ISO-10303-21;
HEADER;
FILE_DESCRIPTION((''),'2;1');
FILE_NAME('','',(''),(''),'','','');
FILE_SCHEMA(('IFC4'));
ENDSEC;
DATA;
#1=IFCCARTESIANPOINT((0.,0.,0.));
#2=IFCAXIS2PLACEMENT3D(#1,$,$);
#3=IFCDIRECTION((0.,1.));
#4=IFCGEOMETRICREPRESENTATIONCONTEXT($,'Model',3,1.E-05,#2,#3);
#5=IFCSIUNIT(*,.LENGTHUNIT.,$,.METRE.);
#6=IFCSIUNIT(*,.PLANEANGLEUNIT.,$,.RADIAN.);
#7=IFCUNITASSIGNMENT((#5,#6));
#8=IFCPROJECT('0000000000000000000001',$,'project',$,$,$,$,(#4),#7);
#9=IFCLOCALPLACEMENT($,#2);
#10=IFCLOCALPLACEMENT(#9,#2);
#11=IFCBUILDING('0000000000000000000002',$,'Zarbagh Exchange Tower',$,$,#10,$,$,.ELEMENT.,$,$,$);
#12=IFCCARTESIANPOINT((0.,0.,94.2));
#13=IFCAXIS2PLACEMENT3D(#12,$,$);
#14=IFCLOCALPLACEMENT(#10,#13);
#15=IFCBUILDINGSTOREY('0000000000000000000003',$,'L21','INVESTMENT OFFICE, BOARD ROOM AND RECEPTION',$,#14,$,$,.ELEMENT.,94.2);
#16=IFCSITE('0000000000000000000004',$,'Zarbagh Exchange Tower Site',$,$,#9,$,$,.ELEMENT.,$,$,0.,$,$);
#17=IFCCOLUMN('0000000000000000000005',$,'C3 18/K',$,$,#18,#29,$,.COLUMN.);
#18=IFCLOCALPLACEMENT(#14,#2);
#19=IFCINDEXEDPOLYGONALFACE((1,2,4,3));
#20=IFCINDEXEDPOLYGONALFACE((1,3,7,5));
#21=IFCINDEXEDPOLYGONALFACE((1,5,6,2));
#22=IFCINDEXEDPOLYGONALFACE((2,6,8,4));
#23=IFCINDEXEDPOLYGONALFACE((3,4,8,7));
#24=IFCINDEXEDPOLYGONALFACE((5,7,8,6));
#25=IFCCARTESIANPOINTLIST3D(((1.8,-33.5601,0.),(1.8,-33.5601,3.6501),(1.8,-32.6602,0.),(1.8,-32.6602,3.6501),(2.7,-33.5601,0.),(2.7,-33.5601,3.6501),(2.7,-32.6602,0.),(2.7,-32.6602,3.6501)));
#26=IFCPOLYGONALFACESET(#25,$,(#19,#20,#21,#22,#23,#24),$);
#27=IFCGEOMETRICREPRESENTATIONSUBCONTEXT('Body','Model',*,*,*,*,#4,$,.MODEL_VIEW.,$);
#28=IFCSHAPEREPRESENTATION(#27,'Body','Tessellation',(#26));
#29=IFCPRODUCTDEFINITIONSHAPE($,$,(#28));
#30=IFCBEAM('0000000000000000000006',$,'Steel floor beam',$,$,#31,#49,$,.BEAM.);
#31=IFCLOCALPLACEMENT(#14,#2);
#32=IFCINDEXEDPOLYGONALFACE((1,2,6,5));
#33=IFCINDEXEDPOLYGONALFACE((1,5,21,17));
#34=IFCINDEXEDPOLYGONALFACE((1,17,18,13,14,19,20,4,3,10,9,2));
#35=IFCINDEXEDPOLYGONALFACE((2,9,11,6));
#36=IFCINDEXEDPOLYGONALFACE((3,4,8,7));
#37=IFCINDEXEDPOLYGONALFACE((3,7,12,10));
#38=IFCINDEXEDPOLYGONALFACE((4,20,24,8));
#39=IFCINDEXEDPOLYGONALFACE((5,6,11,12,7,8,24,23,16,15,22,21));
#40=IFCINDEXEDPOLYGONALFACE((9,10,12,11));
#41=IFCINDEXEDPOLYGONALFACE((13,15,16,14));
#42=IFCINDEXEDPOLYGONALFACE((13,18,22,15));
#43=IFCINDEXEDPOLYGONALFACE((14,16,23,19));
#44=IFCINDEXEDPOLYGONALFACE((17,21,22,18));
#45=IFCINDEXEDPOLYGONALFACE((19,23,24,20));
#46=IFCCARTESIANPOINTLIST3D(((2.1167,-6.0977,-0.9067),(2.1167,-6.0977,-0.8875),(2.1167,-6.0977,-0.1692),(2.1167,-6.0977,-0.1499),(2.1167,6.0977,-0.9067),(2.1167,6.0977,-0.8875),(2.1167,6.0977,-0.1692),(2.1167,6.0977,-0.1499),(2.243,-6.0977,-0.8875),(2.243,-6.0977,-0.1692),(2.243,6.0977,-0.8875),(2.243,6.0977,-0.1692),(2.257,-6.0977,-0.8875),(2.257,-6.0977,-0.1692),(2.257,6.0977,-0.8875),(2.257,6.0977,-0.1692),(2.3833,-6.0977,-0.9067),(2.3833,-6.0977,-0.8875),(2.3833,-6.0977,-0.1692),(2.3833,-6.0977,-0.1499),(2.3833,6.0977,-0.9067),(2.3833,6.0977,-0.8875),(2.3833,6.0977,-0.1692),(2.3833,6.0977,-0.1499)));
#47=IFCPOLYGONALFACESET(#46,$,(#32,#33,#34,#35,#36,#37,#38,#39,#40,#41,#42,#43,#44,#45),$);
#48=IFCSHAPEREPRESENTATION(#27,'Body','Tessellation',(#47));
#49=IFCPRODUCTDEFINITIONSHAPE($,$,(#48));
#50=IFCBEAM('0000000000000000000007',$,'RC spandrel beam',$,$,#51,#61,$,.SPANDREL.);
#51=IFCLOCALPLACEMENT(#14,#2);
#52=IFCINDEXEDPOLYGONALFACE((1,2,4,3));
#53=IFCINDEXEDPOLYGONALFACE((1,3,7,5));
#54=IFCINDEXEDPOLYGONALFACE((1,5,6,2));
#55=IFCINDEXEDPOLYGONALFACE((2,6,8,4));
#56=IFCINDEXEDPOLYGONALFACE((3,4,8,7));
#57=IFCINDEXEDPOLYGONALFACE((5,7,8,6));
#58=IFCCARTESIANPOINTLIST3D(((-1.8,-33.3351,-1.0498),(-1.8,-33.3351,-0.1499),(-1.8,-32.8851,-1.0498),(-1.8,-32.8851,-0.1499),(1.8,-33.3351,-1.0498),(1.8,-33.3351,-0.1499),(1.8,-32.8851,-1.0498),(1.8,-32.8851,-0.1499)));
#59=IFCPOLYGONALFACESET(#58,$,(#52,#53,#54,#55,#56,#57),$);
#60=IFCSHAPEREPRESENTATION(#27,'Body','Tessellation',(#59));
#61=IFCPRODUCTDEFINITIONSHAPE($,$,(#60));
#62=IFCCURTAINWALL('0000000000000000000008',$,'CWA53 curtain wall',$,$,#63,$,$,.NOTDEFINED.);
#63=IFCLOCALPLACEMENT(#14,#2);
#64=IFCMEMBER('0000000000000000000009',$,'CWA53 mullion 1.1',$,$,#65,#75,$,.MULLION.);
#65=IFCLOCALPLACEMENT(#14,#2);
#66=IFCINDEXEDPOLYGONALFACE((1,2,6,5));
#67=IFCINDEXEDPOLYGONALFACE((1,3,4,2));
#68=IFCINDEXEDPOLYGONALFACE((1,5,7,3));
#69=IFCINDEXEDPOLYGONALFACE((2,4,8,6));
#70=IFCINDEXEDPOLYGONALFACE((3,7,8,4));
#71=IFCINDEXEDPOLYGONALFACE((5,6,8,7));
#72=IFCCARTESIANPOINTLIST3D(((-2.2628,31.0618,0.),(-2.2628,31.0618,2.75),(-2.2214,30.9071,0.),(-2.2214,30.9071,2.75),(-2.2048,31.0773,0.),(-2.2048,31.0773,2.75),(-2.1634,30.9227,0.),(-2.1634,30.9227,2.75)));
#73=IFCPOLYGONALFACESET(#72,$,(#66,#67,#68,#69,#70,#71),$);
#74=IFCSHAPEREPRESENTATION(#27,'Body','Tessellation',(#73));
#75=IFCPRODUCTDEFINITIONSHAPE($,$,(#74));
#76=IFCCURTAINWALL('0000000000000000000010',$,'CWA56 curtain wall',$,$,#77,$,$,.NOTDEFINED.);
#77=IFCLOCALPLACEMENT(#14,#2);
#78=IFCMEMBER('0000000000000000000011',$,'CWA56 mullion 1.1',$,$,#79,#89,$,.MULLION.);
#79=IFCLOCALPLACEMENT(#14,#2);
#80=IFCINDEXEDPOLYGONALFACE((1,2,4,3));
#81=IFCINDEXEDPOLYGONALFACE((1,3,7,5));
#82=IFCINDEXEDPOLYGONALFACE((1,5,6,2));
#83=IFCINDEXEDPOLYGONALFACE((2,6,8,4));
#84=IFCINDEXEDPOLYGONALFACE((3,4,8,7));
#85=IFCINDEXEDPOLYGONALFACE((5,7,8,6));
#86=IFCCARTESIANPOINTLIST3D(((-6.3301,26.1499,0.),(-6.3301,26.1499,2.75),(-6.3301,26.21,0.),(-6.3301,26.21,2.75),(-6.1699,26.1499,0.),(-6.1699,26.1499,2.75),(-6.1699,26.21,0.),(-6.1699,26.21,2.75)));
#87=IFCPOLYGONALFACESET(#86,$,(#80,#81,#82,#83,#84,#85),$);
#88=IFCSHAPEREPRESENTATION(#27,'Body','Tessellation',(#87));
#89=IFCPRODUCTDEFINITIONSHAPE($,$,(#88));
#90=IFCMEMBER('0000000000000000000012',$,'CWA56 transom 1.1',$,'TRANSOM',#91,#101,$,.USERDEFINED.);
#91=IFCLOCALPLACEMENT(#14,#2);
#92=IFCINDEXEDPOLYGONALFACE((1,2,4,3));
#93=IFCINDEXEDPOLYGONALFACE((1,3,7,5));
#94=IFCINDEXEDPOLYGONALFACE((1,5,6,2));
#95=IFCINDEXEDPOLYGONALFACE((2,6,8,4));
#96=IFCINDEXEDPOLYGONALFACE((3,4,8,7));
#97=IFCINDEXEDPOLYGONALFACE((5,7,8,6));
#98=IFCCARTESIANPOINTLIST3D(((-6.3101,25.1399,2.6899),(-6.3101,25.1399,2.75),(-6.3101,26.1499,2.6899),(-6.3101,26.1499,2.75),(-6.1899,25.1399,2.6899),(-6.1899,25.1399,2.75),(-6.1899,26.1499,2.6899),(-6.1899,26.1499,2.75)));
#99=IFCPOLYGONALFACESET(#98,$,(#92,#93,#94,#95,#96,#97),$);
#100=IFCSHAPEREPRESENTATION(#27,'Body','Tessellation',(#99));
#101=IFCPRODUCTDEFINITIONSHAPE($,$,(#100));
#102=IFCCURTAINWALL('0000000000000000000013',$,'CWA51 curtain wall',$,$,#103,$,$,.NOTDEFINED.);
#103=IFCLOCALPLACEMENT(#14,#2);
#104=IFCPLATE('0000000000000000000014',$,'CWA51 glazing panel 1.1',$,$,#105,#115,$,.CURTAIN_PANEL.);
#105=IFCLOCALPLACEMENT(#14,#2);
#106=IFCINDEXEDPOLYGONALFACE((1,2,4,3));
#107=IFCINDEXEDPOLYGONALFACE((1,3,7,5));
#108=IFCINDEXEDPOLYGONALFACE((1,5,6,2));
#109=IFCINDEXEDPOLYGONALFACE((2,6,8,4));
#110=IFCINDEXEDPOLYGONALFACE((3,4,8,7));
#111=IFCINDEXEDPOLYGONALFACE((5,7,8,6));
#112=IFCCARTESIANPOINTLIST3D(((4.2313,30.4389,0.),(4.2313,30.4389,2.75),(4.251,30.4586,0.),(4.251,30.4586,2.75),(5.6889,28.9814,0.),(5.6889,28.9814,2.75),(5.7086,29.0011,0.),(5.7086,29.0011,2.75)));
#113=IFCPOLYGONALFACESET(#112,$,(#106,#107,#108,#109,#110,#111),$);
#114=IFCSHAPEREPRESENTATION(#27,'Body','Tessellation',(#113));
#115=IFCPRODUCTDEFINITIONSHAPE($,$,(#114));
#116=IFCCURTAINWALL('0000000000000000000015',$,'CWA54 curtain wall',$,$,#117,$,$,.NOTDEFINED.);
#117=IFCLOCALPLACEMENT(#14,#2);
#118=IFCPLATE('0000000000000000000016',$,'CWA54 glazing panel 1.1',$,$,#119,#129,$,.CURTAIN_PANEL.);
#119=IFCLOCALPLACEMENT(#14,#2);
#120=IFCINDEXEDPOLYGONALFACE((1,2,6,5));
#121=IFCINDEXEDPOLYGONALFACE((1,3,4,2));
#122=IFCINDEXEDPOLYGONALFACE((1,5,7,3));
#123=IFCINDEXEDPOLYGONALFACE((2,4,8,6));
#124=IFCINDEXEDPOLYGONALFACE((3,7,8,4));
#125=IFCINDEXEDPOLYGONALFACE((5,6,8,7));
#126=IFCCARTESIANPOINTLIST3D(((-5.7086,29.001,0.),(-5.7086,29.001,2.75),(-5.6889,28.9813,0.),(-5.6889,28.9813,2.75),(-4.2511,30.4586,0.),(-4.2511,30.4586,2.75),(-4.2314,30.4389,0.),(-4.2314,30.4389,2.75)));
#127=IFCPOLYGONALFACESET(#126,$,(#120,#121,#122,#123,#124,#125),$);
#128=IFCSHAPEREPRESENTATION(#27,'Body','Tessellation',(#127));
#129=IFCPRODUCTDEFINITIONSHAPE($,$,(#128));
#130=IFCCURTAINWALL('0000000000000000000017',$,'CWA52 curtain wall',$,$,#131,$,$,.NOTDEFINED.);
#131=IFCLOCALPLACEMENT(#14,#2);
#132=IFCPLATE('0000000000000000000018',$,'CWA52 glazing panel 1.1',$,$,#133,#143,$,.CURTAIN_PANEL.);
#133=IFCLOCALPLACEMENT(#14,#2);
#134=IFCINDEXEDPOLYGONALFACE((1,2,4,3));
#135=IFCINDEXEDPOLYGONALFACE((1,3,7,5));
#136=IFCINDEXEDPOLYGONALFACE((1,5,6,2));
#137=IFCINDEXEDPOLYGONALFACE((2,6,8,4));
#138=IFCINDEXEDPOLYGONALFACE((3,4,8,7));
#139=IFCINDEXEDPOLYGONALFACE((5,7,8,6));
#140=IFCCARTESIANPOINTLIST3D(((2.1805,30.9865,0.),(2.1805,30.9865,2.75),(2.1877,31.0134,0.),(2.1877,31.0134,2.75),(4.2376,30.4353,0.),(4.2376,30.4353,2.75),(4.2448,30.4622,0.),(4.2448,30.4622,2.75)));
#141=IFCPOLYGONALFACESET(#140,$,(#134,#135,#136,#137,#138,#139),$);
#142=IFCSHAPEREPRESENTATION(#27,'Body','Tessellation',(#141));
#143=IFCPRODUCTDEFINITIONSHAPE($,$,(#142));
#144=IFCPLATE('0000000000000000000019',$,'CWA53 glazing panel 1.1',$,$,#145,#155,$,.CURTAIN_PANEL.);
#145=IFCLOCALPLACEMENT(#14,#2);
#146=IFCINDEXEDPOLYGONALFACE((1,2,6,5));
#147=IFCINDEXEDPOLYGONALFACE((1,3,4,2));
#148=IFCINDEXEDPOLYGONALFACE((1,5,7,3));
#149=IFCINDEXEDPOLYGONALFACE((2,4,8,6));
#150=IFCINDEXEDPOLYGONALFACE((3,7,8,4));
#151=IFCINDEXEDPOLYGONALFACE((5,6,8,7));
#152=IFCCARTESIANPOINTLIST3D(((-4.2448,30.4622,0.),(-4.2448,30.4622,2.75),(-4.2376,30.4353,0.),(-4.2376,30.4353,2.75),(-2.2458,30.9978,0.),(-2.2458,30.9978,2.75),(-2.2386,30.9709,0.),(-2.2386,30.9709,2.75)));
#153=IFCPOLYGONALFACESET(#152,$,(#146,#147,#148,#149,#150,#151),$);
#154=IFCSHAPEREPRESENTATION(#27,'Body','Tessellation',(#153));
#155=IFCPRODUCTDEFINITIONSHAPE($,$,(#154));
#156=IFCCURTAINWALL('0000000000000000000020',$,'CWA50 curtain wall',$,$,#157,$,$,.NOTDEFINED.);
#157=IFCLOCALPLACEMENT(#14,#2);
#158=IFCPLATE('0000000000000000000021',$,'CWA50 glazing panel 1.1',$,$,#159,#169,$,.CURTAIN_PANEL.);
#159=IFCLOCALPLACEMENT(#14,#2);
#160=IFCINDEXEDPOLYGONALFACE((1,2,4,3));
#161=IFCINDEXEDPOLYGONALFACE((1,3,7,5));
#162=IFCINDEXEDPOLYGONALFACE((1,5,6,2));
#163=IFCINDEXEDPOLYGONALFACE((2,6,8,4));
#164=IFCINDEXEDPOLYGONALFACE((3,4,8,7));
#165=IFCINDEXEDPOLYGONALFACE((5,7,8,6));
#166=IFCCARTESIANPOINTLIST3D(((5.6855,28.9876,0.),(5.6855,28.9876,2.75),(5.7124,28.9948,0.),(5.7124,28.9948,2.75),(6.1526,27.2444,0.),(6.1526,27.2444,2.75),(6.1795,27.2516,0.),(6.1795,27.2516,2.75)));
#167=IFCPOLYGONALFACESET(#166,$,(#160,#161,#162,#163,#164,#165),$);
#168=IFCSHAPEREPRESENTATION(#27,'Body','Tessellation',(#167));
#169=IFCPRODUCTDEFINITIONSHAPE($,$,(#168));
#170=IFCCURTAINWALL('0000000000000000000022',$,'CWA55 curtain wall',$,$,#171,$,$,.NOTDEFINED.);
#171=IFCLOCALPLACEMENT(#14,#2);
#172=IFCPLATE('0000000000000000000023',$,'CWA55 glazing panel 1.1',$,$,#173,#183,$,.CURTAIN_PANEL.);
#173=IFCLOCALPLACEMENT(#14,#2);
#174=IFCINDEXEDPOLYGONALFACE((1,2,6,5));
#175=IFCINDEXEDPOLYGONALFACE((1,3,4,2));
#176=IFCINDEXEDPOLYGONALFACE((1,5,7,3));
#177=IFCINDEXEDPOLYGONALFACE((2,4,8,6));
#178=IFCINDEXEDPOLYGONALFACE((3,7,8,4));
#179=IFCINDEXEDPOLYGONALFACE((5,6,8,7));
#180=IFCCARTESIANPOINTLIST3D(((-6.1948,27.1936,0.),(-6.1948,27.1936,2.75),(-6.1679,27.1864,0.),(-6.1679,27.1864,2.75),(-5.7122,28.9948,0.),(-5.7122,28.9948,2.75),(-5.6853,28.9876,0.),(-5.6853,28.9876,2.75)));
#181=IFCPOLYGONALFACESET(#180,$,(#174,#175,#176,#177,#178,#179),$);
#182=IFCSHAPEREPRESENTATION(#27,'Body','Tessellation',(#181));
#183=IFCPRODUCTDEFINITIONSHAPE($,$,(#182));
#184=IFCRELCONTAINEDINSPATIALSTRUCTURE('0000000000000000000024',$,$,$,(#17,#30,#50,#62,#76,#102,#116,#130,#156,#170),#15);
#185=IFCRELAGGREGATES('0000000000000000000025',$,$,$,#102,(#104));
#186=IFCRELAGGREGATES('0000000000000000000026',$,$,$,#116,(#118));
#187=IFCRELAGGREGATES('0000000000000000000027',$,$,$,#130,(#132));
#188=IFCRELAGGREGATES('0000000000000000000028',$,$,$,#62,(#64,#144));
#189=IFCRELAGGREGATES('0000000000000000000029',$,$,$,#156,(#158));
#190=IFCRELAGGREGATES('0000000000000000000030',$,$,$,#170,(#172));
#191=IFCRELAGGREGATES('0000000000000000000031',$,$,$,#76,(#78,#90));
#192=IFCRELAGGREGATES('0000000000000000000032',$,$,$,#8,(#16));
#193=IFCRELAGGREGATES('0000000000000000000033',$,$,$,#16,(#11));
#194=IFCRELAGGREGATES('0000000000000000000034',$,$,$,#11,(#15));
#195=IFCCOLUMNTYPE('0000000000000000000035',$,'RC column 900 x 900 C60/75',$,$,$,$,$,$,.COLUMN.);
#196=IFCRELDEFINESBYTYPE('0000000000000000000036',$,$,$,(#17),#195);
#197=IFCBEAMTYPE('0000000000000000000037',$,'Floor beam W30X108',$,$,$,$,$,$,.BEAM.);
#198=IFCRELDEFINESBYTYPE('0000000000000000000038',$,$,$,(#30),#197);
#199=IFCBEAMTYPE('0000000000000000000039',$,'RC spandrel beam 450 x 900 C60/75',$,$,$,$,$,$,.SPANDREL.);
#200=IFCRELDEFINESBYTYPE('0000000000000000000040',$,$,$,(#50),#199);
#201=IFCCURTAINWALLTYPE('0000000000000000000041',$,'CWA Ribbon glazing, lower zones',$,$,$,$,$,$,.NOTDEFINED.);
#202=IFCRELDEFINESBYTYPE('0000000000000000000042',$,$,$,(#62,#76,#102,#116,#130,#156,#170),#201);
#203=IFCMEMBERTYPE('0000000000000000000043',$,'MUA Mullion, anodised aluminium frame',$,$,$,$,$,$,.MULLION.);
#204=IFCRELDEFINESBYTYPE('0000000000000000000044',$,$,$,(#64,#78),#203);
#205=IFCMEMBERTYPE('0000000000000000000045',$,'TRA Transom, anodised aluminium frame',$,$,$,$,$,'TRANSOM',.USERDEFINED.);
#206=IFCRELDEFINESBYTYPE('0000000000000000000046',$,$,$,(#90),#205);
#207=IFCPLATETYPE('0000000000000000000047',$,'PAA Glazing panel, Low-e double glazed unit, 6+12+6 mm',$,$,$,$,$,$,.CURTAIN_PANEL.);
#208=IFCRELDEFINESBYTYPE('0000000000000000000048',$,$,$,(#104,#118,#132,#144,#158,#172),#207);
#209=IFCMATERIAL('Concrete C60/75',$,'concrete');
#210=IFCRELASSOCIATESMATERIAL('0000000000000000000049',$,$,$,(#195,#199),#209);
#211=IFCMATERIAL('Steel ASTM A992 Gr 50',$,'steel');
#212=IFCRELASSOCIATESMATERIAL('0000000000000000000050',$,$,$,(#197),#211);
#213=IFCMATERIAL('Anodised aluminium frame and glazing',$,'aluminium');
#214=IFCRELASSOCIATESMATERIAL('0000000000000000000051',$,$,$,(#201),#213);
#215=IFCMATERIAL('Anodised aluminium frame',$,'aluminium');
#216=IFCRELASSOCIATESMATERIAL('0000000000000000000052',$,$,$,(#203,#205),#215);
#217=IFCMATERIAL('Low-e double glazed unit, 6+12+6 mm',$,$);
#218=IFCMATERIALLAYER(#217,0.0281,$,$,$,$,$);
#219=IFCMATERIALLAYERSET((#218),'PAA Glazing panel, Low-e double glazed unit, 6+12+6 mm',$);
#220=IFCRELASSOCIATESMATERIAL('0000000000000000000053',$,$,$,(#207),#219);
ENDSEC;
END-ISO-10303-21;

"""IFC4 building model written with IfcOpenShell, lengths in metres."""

from ifc_helpers import new_model, si_unit, direction, frame, origin, origin_2d, place, context, subcontext, project, spatial, polyline, rectangle, i_section, outline, extrude, source, transform, mapped, material, layer, layer_set, material_profile, profile_set, type_object, element, aggregate, save


model = new_model("IFC4")

# Units and contexts
model_context = context("Model", 3, precision=1e-05, world=origin(), true_north=direction((0.0, 1.0)))
body_context = subcontext(model_context, "Body", "Model", "MODEL_VIEW")
ifc_project = project(units=[si_unit("LENGTHUNIT", "METRE"), si_unit("PLANEANGLEUNIT", "RADIAN")], contexts=[model_context])

# Site, building, storey
site_placement = place(None, origin())
site = spatial("IfcSite", under=ifc_project, at=site_placement, Name="Zarbagh Exchange Tower Site", CompositionType="ELEMENT", RefElevation=0.0)
building_placement = place(site_placement, origin())
building = spatial("IfcBuilding", under=site, at=building_placement, Name="Zarbagh Exchange Tower", CompositionType="ELEMENT")
storey_placement = place(building_placement, frame((0.0, 0.0, 94.2)))
storey = spatial("IfcBuildingStorey", under=building, at=storey_placement, Name="L21", Description="INVESTMENT OFFICE, BOARD ROOM AND RECEPTION", CompositionType="ELEMENT", Elevation=94.2)

# Column
ifc_material_1 = material(Name="Concrete C60/75", Category="concrete")
ifc_material_profile_1 = material_profile(ifc_material_1, rectangle(XDim=0.8999, YDim=0.8999, at=origin_2d()), Name="RC column 900 x 900 C60/75")
ifc_profile_set_1 = profile_set([ifc_material_profile_1], Name="Concrete C60/75")
column_type = type_object("IfcColumnType", Name="RC column 900 x 900 C60/75", PredefinedType="COLUMN", material=ifc_profile_set_1)
column_placement = place(storey_placement, frame((2.25, -33.1101, 0.0), z_axis=(0.0, 0.0, 1.0), x_axis=(1.0, 0.0, 0.0)))
element("IfcColumn", 1, at=column_placement, inside=storey, type_object=column_type, Name="C3 18/K", PredefinedType="COLUMN", context=body_context, shape_type="SweptSolid", body=[
    extrude(rectangle(XDim=0.8999, YDim=0.8999, at=origin_2d()), origin(), (0.0, 0.0, 1.0), 3.6501),
])

# Beams
ifc_material_2 = material(Name="Steel ASTM A992 Gr 50", Category="steel")
ifc_material_profile_2 = material_profile(ifc_material_2, i_section(OverallWidth=0.2666, OverallDepth=0.7568, WebThickness=0.0139, FlangeThickness=0.0193, at=origin_2d()), Name="W30X108")
ifc_profile_set_2 = profile_set([ifc_material_profile_2], Name="Steel ASTM A992 Gr 50")
beam_type_1 = type_object("IfcBeamType", Name="Floor beam W30X108", PredefinedType="BEAM", material=ifc_profile_set_2)
beam_1_placement = place(storey_placement, frame((2.25, -6.0977, -0.5283), z_axis=(0.0, 1.0, 0.0), x_axis=(-1.0, 0.0, 0.0)))
element("IfcBeam", 2, at=beam_1_placement, inside=storey, type_object=beam_type_1, Name="Steel floor beam", PredefinedType="BEAM", context=body_context, shape_type="SweptSolid", body=[
    extrude(i_section(OverallWidth=0.2666, OverallDepth=0.7568, WebThickness=0.0139, FlangeThickness=0.0193, at=origin_2d()), origin(), (0.0, 0.0, 1.0), 12.1953),
])
ifc_material_profile_3 = material_profile(ifc_material_1, rectangle(XDim=0.45, YDim=0.8999, at=origin_2d()), Name="RC spandrel beam 450 x 900 C60/75")
ifc_profile_set_3 = profile_set([ifc_material_profile_3], Name="Concrete C60/75")
beam_type_2 = type_object("IfcBeamType", Name="RC spandrel beam 450 x 900 C60/75", PredefinedType="SPANDREL", material=ifc_profile_set_3)
beam_2_placement = place(storey_placement, frame((1.8, -33.1101, -0.5999), z_axis=(-1.0, 0.0, 0.0), x_axis=(0.0, -1.0, 0.0)))
element("IfcBeam", 3, at=beam_2_placement, inside=storey, type_object=beam_type_2, Name="RC spandrel beam", PredefinedType="SPANDREL", context=body_context, shape_type="SweptSolid", body=[
    extrude(rectangle(XDim=0.45, YDim=0.8999, at=origin_2d()), origin(), (0.0, 0.0, 1.0), 3.6001),
])

# Curtain wall, member
ifc_material_3 = material(Name="Anodised aluminium frame and glazing", Category="aluminium")
curtain_wall_type = type_object("IfcCurtainWallType", Name="CWA Ribbon glazing, lower zones", PredefinedType="NOTDEFINED", material=ifc_material_3)
curtain_wall_1_placement = place(storey_placement, origin())
curtain_wall_1 = element("IfcCurtainWall", 4, at=curtain_wall_1_placement, inside=storey, type_object=curtain_wall_type, Name="CWA53 curtain wall", PredefinedType="NOTDEFINED")
ifc_material_4 = material(Name="Anodised aluminium frame", Category="aluminium")
member_type_1 = type_object("IfcMemberType", Name="MUA Mullion, anodised aluminium frame", PredefinedType="MULLION", material=ifc_material_4)
shared_shape_1 = source(origin(), body_context, "Body", "SweptSolid", [
    extrude(outline(polyline([(0.0, -0.0801), (0.0601, -0.0801), (0.0601, 0.0801), (0.0, 0.0801), (0.0, -0.0801)])), origin(), (0.0, 0.0, 1.0), 2.75),
])
placement = place(storey_placement, origin())
member_1 = element("IfcMember", 5, at=placement, type_object=member_type_1, Name="CWA53 mullion 1.1", PredefinedType="MULLION", context=body_context, shape_type="MappedRepresentation", body=[
    mapped(shared_shape_1, transform((-2.1841, 31.0, 0.0), x_axis=(-0.965924, -0.258825, 0.0), y_axis=(0.258825, -0.965924, 0.0), z_axis=(0.0, 0.0, 1.0))),
])

# Curtain wall, members
curtain_wall_2_placement = place(storey_placement, origin())
curtain_wall_2 = element("IfcCurtainWall", 6, at=curtain_wall_2_placement, inside=storey, type_object=curtain_wall_type, Name="CWA56 curtain wall", PredefinedType="NOTDEFINED")
member_2 = element("IfcMember", 7, at=placement, type_object=member_type_1, Name="CWA56 mullion 1.1", PredefinedType="MULLION", context=body_context, shape_type="MappedRepresentation", body=[
    mapped(shared_shape_1, transform((-6.25, 26.21, 0.0), x_axis=(0.0, -1.0, 0.0), y_axis=(1.0, 0.0, 0.0), z_axis=(0.0, 0.0, 1.0))),
])
member_type_2 = type_object("IfcMemberType", Name="TRA Transom, anodised aluminium frame", ElementType="TRANSOM", PredefinedType="USERDEFINED", material=ifc_material_4)
shared_shape_2 = source(origin(), body_context, "Body", "SweptSolid", [
    extrude(outline(polyline([(-0.0601, -0.0601), (0.0, -0.0601), (0.0, 0.0601), (-0.0601, 0.0601), (-0.0601, -0.0601)])), origin(), (0.0, 0.0, 1.0), 1.01),
])
member_3 = element("IfcMember", 8, at=placement, type_object=member_type_2, Name="CWA56 transom 1.1", ObjectType="TRANSOM", PredefinedType="USERDEFINED", context=body_context, shape_type="MappedRepresentation", body=[
    mapped(shared_shape_2, transform((-6.25, 26.1499, 2.75), x_axis=(0.0, 0.0, 1.0), y_axis=(-1.0, 0.0, 0.0), z_axis=(0.0, -1.0, 0.0))),
])

# Curtain walls, plates
curtain_wall_3_placement = place(storey_placement, origin())
curtain_wall_3 = element("IfcCurtainWall", 9, at=curtain_wall_3_placement, inside=storey, type_object=curtain_wall_type, Name="CWA51 curtain wall", PredefinedType="NOTDEFINED")
ifc_material_5 = material(Name="Low-e double glazed unit, 6+12+6 mm")
ifc_layer_1 = layer(ifc_material_5, 0.0281)
ifc_layer_set_1 = layer_set([ifc_layer_1], Name="PAA Glazing panel, Low-e double glazed unit, 6+12+6 mm")
plate_type = type_object("IfcPlateType", Name="PAA Glazing panel, Low-e double glazed unit, 6+12+6 mm", PredefinedType="CURTAIN_PANEL", material=ifc_layer_set_1)
shared_shape_3 = source(origin(), body_context, "Body", "SweptSolid", [
    extrude(outline(polyline([(0.0, -0.0139), (2.0613, -0.0139), (2.0613, 0.0139), (0.0, 0.0139), (0.0, -0.0139)])), origin(), (0.0, 0.0, 1.0), 2.75),
])
plate_1 = element("IfcPlate", 10, at=placement, type_object=plate_type, Name="CWA51 glazing panel 1.1", PredefinedType="CURTAIN_PANEL", context=body_context, shape_type="MappedRepresentation", body=[
    mapped(shared_shape_3, transform((5.6987, 28.9912, 0.0), x_axis=(-0.707107, 0.707107, 0.0), y_axis=(-0.707107, -0.707107, 0.0), z_axis=(0.0, 0.0, 1.0))),
])
aggregate(curtain_wall_3, [plate_1])
curtain_wall_4_placement = place(storey_placement, origin())
curtain_wall_4 = element("IfcCurtainWall", 11, at=curtain_wall_4_placement, inside=storey, type_object=curtain_wall_type, Name="CWA54 curtain wall", PredefinedType="NOTDEFINED")
plate_2 = element("IfcPlate", 12, at=placement, type_object=plate_type, Name="CWA54 glazing panel 1.1", PredefinedType="CURTAIN_PANEL", context=body_context, shape_type="MappedRepresentation", body=[
    mapped(shared_shape_3, transform((-4.2412, 30.4487, 0.0), x_axis=(-0.707107, -0.707107, 0.0), y_axis=(0.707107, -0.707107, 0.0), z_axis=(0.0, 0.0, 1.0))),
])
aggregate(curtain_wall_4, [plate_2])
curtain_wall_5_placement = place(storey_placement, origin())
curtain_wall_5 = element("IfcCurtainWall", 13, at=curtain_wall_5_placement, inside=storey, type_object=curtain_wall_type, Name="CWA52 curtain wall", PredefinedType="NOTDEFINED")
shared_shape_4 = source(origin(), body_context, "Body", "SweptSolid", [
    extrude(outline(polyline([(0.0, -0.0139), (2.1296, -0.0139), (2.1296, 0.0139), (0.0, 0.0139), (0.0, -0.0139)])), origin(), (0.0, 0.0, 1.0), 2.75),
])
plate_3 = element("IfcPlate", 14, at=placement, type_object=plate_type, Name="CWA52 glazing panel 1.1", PredefinedType="CURTAIN_PANEL", context=body_context, shape_type="MappedRepresentation", body=[
    mapped(shared_shape_4, transform((4.2412, 30.4487, 0.0), x_axis=(-0.965924, 0.258825, 0.0), y_axis=(-0.258825, -0.965924, 0.0), z_axis=(0.0, 0.0, 1.0))),
])
aggregate(curtain_wall_5, [plate_3])

# Plate
shared_shape_5 = source(origin(), body_context, "Body", "SweptSolid", [
    extrude(outline(polyline([(0.0, -0.0139), (2.0696, -0.0139), (2.0696, 0.0139), (0.0, 0.0139), (0.0, -0.0139)])), origin(), (0.0, 0.0, 1.0), 2.75),
])
plate_4 = element("IfcPlate", 15, at=placement, type_object=plate_type, Name="CWA53 glazing panel 1.1", PredefinedType="CURTAIN_PANEL", context=body_context, shape_type="MappedRepresentation", body=[
    mapped(shared_shape_5, transform((-2.2422, 30.9844, 0.0), x_axis=(-0.965924, -0.258825, 0.0), y_axis=(0.258825, -0.965924, 0.0), z_axis=(0.0, 0.0, 1.0))),
])
aggregate(curtain_wall_1, [member_1, plate_4])

# Curtain walls, plates
curtain_wall_6_placement = place(storey_placement, origin())
curtain_wall_6 = element("IfcCurtainWall", 16, at=curtain_wall_6_placement, inside=storey, type_object=curtain_wall_type, Name="CWA50 curtain wall", PredefinedType="NOTDEFINED")
shared_shape_6 = source(origin(), body_context, "Body", "SweptSolid", [
    extrude(outline(polyline([(0.0, -0.0139), (1.8047, -0.0139), (1.8047, 0.0139), (0.0, 0.0139), (0.0, -0.0139)])), origin(), (0.0, 0.0, 1.0), 2.75),
])
plate_5 = element("IfcPlate", 17, at=placement, type_object=plate_type, Name="CWA50 glazing panel 1.1", PredefinedType="CURTAIN_PANEL", context=body_context, shape_type="MappedRepresentation", body=[
    mapped(shared_shape_6, transform((6.166, 27.248, 0.0), x_axis=(-0.258825, 0.965924, 0.0), y_axis=(-0.965924, -0.258825, 0.0), z_axis=(0.0, 0.0, 1.0))),
])
aggregate(curtain_wall_6, [plate_5])
curtain_wall_7_placement = place(storey_placement, origin())
curtain_wall_7 = element("IfcCurtainWall", 18, at=curtain_wall_7_placement, inside=storey, type_object=curtain_wall_type, Name="CWA55 curtain wall", PredefinedType="NOTDEFINED")
shared_shape_7 = source(origin(), body_context, "Body", "SweptSolid", [
    extrude(outline(polyline([(0.0, -0.0139), (1.8647, -0.0139), (1.8647, 0.0139), (0.0, 0.0139), (0.0, -0.0139)])), origin(), (0.0, 0.0, 1.0), 2.75),
])
plate_6 = element("IfcPlate", 19, at=placement, type_object=plate_type, Name="CWA55 glazing panel 1.1", PredefinedType="CURTAIN_PANEL", context=body_context, shape_type="MappedRepresentation", body=[
    mapped(shared_shape_7, transform((-5.6987, 28.9912, 0.0), x_axis=(-0.258825, -0.965924, 0.0), y_axis=(0.965924, -0.258825, 0.0), z_axis=(0.0, 0.0, 1.0))),
])
aggregate(curtain_wall_7, [plate_6])

aggregate(curtain_wall_2, [member_2, member_3])

save(model, "model.ifc")
